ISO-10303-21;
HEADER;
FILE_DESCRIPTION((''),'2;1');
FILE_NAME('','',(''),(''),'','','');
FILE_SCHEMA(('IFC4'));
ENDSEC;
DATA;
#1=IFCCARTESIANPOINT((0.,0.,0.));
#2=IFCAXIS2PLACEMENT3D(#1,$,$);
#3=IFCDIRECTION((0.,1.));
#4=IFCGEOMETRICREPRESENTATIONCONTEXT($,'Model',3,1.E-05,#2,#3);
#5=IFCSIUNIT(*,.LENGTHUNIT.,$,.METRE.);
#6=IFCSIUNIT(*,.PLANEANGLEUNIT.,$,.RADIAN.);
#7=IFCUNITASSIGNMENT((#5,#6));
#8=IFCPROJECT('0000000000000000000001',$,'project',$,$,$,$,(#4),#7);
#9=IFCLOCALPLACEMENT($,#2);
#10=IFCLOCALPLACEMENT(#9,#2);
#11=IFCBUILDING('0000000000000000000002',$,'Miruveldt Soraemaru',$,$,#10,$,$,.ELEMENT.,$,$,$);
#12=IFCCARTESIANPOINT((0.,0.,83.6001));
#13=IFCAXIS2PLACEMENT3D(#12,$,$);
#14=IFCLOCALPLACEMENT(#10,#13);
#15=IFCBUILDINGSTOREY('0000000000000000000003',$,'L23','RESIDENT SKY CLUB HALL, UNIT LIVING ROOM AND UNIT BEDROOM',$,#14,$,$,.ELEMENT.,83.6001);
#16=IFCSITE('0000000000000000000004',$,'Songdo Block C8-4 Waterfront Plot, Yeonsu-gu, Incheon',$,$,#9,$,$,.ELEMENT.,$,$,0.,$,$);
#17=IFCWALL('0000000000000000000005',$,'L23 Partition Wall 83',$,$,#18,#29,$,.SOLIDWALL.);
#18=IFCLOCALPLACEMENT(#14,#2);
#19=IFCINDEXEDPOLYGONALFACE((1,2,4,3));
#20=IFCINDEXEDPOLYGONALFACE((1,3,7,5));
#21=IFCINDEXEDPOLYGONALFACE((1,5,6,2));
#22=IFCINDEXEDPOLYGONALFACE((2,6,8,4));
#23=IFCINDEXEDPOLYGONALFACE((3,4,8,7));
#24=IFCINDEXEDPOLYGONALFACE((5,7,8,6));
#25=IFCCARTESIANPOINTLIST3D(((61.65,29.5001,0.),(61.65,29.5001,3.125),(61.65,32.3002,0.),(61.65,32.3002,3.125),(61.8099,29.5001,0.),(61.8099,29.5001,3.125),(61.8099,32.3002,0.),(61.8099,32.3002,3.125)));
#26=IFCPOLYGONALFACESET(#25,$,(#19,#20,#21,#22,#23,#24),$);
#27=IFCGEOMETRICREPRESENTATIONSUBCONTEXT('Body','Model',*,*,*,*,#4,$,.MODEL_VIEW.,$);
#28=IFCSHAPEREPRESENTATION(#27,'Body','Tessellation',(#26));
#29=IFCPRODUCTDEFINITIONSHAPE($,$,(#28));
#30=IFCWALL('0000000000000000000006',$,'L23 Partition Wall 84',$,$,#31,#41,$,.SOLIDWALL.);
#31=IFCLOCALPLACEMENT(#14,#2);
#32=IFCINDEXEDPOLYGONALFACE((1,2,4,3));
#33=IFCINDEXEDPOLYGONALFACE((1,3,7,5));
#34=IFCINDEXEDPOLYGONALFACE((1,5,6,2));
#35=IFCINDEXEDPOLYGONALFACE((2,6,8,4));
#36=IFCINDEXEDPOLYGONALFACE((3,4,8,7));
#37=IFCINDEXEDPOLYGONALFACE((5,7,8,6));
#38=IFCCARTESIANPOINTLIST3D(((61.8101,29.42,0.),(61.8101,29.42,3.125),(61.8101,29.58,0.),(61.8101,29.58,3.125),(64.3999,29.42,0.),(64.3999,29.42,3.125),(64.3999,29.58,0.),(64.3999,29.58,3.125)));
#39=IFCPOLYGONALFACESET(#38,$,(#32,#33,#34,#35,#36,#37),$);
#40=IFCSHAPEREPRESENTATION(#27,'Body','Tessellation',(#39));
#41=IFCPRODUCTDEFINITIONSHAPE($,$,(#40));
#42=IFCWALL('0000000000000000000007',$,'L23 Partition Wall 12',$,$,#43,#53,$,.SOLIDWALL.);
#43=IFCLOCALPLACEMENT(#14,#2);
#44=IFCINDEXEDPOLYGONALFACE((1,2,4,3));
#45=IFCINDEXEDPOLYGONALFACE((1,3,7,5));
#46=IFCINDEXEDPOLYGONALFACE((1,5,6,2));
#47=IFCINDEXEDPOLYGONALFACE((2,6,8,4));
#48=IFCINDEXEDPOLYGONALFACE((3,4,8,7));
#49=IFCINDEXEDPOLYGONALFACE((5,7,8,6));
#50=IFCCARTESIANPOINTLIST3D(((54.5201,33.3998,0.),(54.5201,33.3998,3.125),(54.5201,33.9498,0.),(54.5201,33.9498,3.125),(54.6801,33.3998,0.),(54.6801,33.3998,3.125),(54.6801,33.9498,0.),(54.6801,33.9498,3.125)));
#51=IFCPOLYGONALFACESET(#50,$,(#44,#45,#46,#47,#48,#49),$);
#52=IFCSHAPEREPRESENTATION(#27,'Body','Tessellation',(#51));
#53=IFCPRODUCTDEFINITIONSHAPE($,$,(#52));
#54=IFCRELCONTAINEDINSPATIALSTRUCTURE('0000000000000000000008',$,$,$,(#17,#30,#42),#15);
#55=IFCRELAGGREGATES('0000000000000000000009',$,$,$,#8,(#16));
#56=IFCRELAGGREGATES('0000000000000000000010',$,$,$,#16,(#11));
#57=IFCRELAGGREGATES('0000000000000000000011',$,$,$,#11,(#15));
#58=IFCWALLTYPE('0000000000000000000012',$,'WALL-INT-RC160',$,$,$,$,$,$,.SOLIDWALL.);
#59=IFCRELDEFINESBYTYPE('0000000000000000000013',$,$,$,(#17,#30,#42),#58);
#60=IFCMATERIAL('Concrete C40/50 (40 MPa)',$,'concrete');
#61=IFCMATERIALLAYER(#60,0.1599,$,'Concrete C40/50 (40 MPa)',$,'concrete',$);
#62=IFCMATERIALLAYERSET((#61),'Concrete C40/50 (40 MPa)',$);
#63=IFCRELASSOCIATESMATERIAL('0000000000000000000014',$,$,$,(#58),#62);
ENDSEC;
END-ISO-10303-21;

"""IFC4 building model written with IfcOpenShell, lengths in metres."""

from ifc_helpers import new_model, si_unit, direction, frame, frame_2d, origin, place, context, subcontext, project, spatial, rectangle, extrude, material, layer, layer_set, type_object, element, save


model = new_model("IFC4")

# Units and contexts
model_context = context("Model", 3, precision=1e-05, world=origin(), true_north=direction((0.0, 1.0)))
body_context = subcontext(model_context, "Body", "Model", "MODEL_VIEW")
ifc_project = project(units=[si_unit("LENGTHUNIT", "METRE"), si_unit("PLANEANGLEUNIT", "RADIAN")], contexts=[model_context])

# Site, building, storey
site_placement = place(None, origin())
site = spatial("IfcSite", under=ifc_project, at=site_placement, Name="Songdo Block C8-4 Waterfront Plot, Yeonsu-gu, Incheon", CompositionType="ELEMENT", RefElevation=0.0)
building_placement = place(site_placement, origin())
building = spatial("IfcBuilding", under=site, at=building_placement, Name="Miruveldt Soraemaru", CompositionType="ELEMENT")
storey_placement = place(building_placement, frame((0.0, 0.0, 83.6001)))
storey = spatial("IfcBuildingStorey", under=building, at=storey_placement, Name="L23", Description="RESIDENT SKY CLUB HALL, UNIT LIVING ROOM AND UNIT BEDROOM", CompositionType="ELEMENT", Elevation=83.6001)

# Shared definitions
ifc_material_1 = material(Name="Concrete C40/50 (40 MPa)", Category="concrete")
ifc_layer_1 = layer(ifc_material_1, 0.1599, Name="Concrete C40/50 (40 MPa)", Category="concrete")
ifc_layer_set_1 = layer_set([ifc_layer_1], Name="Concrete C40/50 (40 MPa)")
wall_type_1 = type_object("IfcWallType", Name="WALL-INT-RC160", PredefinedType="SOLIDWALL", material=ifc_layer_set_1)

# Walls
wall_1_placement = place(storey_placement, frame((61.73, 32.3, 0.0), z_axis=(0.0, 0.0, 1.0), x_axis=(0.0, -1.0, 0.0)))
element("IfcWall", 1, at=wall_1_placement, inside=storey, type_object=wall_type_1, Name="L23 Partition Wall 83", PredefinedType="SOLIDWALL", context=body_context, shape_type="SweptSolid", body=[
    extrude(rectangle(XDim=2.8, YDim=0.1599, at=frame_2d((1.3999, 0.0))), origin(), (0.0, 0.0, 1.0), 3.125),
])
wall_2_placement = place(storey_placement, frame((61.8101, 29.5, 0.0), z_axis=(0.0, 0.0, 1.0), x_axis=(1.0, 0.0, 0.0)))
element("IfcWall", 2, at=wall_2_placement, inside=storey, type_object=wall_type_1, Name="L23 Partition Wall 84", PredefinedType="SOLIDWALL", context=body_context, shape_type="SweptSolid", body=[
    extrude(rectangle(XDim=2.5898, YDim=0.1599, at=frame_2d((1.2949, 0.0))), origin(), (0.0, 0.0, 1.0), 3.125),
])
wall_3_placement = place(storey_placement, frame((54.6001, 33.3999, 0.0), z_axis=(0.0, 0.0, 1.0), x_axis=(0.0, 1.0, 0.0)))
element("IfcWall", 3, at=wall_3_placement, inside=storey, type_object=wall_type_1, Name="L23 Partition Wall 12", PredefinedType="SOLIDWALL", context=body_context, shape_type="SweptSolid", body=[
    extrude(rectangle(XDim=0.55, YDim=0.1599, at=frame_2d((0.2749, 0.0))), origin(), (0.0, 0.0, 1.0), 3.125),
])

save(model, "model.ifc")
